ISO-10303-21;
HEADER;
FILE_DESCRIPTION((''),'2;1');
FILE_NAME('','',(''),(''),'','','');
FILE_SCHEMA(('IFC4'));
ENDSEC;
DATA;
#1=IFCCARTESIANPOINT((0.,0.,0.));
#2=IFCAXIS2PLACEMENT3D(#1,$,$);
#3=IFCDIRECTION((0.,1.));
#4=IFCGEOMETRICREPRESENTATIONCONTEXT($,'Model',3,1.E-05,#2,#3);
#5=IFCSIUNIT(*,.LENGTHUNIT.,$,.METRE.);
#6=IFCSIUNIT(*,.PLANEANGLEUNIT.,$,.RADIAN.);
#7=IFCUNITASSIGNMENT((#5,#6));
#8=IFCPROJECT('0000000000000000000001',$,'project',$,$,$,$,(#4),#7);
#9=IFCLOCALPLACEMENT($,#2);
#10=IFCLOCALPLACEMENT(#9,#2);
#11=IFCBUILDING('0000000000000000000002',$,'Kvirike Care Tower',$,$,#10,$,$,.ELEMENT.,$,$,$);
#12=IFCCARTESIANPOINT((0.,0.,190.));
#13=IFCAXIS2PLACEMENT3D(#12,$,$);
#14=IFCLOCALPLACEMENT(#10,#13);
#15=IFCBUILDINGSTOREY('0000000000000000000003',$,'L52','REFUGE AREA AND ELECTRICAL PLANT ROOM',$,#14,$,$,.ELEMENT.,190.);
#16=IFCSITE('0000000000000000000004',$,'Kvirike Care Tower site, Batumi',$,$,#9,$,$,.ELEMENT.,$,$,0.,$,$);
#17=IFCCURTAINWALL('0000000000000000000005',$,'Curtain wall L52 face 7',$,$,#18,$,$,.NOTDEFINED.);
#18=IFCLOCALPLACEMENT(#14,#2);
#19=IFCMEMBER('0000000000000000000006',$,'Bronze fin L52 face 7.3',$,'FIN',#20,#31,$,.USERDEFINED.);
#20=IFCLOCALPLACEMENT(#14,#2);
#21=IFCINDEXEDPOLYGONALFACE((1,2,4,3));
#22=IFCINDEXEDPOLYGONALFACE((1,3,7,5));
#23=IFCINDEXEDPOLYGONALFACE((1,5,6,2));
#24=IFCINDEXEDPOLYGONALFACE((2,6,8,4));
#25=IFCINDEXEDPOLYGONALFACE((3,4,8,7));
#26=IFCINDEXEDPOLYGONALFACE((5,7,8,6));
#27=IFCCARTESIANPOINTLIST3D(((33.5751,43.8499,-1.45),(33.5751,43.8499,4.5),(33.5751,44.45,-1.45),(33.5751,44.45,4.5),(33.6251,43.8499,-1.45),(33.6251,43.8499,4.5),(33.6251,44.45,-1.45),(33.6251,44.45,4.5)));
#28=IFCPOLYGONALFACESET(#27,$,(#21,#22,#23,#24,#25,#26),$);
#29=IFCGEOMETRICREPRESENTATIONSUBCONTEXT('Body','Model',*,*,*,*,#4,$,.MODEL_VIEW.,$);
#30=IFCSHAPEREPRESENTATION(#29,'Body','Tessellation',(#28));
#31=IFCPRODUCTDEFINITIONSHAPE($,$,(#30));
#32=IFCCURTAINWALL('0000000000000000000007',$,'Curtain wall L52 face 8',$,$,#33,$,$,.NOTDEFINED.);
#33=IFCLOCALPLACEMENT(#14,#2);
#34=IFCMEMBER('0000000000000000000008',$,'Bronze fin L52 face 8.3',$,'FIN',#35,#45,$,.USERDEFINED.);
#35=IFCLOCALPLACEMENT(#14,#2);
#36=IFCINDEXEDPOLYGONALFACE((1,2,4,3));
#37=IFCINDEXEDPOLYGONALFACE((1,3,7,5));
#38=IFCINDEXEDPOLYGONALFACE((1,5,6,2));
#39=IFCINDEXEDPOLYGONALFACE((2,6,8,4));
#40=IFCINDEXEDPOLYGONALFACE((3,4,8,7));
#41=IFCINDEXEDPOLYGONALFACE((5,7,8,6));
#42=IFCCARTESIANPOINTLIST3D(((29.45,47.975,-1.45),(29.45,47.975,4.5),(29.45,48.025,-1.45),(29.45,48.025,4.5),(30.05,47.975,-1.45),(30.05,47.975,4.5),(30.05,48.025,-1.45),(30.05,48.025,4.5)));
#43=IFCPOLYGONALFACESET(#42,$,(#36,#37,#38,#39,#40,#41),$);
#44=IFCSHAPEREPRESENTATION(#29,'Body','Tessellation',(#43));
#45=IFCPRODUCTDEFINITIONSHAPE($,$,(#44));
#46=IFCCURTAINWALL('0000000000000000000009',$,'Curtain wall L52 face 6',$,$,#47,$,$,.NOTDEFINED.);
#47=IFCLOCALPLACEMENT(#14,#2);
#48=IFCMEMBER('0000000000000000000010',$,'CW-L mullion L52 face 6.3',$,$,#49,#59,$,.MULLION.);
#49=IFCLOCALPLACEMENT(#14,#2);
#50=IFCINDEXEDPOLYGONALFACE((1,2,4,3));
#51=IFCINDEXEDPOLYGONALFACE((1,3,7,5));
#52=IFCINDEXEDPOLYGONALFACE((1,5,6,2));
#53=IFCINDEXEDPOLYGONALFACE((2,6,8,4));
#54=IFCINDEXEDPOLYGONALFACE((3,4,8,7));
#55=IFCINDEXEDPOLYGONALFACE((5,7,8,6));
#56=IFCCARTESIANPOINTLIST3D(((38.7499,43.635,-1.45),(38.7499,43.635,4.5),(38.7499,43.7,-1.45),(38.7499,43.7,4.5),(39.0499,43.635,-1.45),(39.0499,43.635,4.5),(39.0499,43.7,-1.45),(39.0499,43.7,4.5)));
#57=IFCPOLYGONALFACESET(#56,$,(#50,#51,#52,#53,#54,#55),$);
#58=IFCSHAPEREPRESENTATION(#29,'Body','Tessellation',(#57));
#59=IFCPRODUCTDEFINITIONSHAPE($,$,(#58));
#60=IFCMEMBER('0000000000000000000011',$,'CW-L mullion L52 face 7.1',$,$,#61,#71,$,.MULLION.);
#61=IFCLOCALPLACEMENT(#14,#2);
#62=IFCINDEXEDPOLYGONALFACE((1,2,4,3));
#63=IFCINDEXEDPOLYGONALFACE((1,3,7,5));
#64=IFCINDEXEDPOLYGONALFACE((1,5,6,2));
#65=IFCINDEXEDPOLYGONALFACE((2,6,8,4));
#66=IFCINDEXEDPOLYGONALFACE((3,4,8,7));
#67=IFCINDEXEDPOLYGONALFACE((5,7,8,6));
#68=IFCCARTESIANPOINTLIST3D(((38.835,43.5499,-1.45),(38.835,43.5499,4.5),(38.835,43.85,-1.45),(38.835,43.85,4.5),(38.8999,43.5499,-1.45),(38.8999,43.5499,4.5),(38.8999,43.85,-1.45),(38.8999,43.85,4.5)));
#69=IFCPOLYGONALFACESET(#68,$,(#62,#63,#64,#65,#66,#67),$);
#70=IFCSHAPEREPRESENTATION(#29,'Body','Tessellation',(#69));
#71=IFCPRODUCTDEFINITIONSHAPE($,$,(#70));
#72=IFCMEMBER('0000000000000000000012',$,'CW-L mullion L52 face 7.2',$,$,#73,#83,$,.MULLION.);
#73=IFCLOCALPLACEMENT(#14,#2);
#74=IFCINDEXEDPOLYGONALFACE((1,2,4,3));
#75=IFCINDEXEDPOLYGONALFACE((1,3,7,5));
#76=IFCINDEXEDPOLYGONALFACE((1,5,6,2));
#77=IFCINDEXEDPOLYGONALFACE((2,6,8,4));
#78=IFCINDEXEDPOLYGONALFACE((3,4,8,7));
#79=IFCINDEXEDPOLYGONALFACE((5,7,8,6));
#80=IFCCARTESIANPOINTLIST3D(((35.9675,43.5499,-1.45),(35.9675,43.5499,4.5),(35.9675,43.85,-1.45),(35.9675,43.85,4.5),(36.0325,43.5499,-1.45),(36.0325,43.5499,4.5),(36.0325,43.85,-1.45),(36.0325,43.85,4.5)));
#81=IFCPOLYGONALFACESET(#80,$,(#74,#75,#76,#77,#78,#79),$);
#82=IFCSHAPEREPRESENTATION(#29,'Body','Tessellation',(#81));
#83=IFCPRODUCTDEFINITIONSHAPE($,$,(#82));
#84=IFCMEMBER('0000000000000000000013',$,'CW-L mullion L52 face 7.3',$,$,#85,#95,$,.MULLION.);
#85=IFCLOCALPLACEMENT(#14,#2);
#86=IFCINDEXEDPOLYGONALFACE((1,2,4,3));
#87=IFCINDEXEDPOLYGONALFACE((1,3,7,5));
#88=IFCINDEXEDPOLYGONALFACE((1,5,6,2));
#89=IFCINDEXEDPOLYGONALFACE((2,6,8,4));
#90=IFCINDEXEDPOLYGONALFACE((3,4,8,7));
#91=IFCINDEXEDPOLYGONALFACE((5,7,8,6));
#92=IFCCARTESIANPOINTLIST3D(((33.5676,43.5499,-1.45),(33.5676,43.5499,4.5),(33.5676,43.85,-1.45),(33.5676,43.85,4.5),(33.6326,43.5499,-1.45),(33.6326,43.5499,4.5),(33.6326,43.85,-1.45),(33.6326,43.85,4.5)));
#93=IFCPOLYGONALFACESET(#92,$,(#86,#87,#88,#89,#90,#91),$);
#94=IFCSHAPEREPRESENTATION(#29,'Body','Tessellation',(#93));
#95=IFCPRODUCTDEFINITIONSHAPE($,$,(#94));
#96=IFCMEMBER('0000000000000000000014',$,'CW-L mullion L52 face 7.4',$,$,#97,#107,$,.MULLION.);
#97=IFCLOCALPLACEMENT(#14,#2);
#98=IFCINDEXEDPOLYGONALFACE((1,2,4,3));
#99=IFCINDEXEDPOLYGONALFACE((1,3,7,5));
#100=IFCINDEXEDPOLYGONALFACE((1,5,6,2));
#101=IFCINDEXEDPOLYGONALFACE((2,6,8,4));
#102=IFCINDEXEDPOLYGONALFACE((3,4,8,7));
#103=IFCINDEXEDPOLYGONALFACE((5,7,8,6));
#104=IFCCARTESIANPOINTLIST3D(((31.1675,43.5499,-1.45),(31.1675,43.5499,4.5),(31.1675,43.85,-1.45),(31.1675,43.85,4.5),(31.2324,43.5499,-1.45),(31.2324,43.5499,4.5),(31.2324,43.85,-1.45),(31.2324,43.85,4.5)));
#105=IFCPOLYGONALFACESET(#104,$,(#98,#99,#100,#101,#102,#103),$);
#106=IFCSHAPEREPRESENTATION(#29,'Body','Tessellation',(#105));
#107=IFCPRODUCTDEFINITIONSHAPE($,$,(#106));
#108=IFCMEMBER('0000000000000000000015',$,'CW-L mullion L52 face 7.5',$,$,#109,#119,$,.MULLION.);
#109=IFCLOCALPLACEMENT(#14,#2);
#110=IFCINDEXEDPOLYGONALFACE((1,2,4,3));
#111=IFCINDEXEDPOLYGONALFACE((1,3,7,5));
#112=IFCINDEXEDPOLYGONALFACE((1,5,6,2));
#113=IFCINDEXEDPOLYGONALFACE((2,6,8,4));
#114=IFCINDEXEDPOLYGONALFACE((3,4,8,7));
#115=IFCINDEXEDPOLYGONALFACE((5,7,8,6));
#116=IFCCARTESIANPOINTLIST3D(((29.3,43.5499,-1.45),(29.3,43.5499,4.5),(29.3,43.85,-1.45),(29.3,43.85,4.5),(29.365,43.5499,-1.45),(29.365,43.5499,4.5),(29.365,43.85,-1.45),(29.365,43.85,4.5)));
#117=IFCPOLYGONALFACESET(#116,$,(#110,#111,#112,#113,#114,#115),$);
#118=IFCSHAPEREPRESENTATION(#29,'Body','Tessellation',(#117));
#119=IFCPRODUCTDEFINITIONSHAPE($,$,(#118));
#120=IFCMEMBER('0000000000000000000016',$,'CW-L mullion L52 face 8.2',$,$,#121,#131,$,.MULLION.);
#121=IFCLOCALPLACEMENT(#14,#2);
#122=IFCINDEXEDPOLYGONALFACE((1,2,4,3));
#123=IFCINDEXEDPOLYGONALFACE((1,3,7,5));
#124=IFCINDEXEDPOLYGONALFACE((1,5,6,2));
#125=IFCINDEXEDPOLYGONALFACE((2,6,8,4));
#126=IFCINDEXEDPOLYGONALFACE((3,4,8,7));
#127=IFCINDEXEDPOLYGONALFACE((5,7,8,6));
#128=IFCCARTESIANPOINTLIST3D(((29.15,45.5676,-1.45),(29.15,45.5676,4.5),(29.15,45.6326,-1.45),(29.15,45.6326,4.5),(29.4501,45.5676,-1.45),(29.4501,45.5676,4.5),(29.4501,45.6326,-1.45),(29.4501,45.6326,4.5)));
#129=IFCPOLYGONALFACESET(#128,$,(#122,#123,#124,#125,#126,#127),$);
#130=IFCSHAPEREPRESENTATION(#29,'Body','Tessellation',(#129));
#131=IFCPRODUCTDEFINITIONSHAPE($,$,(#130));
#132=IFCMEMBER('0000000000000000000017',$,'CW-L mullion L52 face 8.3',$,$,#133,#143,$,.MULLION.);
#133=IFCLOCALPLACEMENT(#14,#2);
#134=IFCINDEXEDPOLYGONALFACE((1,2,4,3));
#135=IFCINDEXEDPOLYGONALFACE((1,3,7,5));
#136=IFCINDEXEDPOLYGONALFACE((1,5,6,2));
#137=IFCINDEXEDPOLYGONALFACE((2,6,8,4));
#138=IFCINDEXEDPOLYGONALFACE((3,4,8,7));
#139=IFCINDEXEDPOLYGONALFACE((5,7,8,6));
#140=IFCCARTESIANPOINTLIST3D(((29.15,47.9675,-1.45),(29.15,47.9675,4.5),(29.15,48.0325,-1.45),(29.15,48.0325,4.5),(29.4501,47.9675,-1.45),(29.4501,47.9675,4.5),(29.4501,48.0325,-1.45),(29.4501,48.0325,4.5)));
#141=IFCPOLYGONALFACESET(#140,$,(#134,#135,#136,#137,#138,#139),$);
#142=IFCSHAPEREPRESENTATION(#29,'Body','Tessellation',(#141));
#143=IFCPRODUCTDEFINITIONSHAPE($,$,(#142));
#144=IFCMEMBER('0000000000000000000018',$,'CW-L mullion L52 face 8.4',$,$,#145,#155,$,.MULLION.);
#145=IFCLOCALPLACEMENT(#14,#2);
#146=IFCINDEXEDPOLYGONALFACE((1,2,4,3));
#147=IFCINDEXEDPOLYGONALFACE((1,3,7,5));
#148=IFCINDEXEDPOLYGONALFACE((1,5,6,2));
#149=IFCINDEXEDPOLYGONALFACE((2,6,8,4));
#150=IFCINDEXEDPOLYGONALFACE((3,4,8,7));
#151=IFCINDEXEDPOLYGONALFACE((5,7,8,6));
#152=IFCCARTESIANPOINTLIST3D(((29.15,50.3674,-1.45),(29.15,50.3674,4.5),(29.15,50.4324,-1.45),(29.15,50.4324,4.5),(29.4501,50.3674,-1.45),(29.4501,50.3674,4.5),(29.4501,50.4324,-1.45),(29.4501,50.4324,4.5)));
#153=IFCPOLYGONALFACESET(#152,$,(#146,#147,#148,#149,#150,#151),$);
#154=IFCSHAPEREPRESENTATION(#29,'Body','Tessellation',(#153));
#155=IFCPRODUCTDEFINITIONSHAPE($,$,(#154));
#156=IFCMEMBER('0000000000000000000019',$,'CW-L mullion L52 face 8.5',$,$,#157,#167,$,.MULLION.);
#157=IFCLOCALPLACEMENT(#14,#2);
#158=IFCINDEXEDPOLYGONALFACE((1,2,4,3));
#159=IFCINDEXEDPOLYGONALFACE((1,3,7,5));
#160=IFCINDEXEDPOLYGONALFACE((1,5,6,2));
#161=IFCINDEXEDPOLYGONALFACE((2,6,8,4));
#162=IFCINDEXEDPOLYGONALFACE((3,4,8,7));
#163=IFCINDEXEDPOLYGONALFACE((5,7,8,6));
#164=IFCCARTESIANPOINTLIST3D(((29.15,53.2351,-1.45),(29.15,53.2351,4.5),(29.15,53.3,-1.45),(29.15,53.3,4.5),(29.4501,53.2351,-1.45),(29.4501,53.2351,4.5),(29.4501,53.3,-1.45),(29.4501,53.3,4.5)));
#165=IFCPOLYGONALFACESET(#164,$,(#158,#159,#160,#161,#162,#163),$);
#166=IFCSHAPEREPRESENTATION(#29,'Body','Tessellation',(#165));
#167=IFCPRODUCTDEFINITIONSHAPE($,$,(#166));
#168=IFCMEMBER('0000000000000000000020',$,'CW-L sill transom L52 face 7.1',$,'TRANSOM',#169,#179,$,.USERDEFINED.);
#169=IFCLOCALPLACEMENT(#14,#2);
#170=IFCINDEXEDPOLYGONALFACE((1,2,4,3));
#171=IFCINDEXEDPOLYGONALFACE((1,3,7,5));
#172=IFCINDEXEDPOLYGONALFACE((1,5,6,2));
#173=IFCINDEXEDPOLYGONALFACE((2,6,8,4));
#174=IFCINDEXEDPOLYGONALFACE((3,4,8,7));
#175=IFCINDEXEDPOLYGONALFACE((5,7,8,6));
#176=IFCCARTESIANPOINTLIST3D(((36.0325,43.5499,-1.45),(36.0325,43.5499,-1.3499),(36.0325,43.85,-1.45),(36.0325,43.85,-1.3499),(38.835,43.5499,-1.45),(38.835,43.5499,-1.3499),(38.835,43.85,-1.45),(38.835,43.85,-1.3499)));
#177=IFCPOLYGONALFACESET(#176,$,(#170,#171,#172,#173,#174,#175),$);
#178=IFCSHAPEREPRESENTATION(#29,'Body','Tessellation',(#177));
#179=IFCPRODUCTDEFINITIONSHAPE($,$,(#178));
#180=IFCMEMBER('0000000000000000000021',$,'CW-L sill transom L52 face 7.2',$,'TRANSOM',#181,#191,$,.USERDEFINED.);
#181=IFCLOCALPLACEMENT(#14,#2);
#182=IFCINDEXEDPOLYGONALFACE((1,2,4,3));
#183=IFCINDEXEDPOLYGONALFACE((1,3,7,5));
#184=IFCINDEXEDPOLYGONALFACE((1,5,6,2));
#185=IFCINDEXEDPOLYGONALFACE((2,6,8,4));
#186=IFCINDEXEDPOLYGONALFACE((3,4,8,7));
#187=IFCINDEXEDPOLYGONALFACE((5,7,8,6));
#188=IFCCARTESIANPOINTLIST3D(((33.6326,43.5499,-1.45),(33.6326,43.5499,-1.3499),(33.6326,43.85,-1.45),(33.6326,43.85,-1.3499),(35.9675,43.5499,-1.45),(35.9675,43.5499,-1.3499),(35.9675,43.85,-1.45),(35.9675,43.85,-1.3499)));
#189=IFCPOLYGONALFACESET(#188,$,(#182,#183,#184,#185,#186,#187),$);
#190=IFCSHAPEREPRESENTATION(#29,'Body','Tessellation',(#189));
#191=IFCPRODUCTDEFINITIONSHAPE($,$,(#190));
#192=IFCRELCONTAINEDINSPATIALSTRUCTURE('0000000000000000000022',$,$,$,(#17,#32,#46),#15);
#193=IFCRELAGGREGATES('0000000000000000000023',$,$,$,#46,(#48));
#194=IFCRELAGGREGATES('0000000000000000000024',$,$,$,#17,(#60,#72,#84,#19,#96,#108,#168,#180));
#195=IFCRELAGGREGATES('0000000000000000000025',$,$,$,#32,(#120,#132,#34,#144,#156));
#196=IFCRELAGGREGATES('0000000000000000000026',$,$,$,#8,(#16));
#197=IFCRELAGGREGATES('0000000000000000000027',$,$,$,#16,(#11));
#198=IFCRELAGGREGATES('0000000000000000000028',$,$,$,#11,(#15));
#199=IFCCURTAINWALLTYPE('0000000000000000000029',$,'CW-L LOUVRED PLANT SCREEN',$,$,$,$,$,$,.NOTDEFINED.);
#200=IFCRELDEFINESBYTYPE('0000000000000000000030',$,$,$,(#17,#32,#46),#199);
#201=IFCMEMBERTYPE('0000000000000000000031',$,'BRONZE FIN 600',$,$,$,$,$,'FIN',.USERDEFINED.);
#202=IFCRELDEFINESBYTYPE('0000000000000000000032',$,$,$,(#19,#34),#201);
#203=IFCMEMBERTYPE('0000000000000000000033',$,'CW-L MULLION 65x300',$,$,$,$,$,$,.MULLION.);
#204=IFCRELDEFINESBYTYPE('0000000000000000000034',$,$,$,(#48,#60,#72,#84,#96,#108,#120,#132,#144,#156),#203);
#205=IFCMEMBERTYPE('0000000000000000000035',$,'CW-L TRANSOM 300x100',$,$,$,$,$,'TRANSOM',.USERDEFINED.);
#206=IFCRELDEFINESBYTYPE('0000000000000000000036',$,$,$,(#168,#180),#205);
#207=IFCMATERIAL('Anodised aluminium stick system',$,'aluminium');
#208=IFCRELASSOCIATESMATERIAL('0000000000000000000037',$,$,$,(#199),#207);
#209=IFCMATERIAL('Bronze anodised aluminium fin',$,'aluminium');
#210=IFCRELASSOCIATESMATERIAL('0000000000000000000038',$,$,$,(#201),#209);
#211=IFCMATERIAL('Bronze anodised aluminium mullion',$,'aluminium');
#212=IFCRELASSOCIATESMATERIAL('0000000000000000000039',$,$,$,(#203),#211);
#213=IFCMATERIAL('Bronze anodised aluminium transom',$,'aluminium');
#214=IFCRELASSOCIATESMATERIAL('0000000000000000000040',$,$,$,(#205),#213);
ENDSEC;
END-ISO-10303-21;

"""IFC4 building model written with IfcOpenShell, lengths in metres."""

from ifc_helpers import new_model, si_unit, direction, frame, origin, origin_2d, place, context, subcontext, project, spatial, rectangle, extrude, material, material_profile, profile_set, type_object, element, aggregate, save


model = new_model("IFC4")

# Units and contexts
model_context = context("Model", 3, precision=1e-05, world=origin(), true_north=direction((0.0, 1.0)))
body_context = subcontext(model_context, "Body", "Model", "MODEL_VIEW")
ifc_project = project(units=[si_unit("LENGTHUNIT", "METRE"), si_unit("PLANEANGLEUNIT", "RADIAN")], contexts=[model_context])

# Site, building, storey
site_placement = place(None, origin())
site = spatial("IfcSite", under=ifc_project, at=site_placement, Name="Kvirike Care Tower site, Batumi", CompositionType="ELEMENT", RefElevation=0.0)
building_placement = place(site_placement, origin())
building = spatial("IfcBuilding", under=site, at=building_placement, Name="Kvirike Care Tower", CompositionType="ELEMENT")
storey_placement = place(building_placement, frame((0.0, 0.0, 190.0)))
storey = spatial("IfcBuildingStorey", under=building, at=storey_placement, Name="L52", Description="REFUGE AREA AND ELECTRICAL PLANT ROOM", CompositionType="ELEMENT", Elevation=190.0)

# Curtain walls, members
ifc_material_1 = material(Name="Anodised aluminium stick system", Category="aluminium")
curtain_wall_type = type_object("IfcCurtainWallType", Name="CW-L LOUVRED PLANT SCREEN", PredefinedType="NOTDEFINED", material=ifc_material_1)
curtain_wall_1_placement = place(storey_placement, origin())
curtain_wall_1 = element("IfcCurtainWall", 1, at=curtain_wall_1_placement, inside=storey, type_object=curtain_wall_type, Name="Curtain wall L52 face 7", PredefinedType="NOTDEFINED")
ifc_material_2 = material(Name="Bronze anodised aluminium fin", Category="aluminium")
ifc_material_profile_1 = material_profile(ifc_material_2, rectangle(XDim=0.05, YDim=0.6001, at=origin_2d()), Name="BRONZE FIN 600")
ifc_profile_set_1 = profile_set([ifc_material_profile_1], Name="Bronze anodised aluminium fin")
member_type_1 = type_object("IfcMemberType", Name="BRONZE FIN 600", ElementType="FIN", PredefinedType="USERDEFINED", material=ifc_profile_set_1)
member_1_placement = place(storey_placement, frame((33.6001, 44.1499, -1.45), z_axis=(0.0, 0.0, 1.0), x_axis=(-1.0, 0.0, 0.0)))
member_1 = element("IfcMember", 2, at=member_1_placement, type_object=member_type_1, Name="Bronze fin L52 face 7.3", ObjectType="FIN", PredefinedType="USERDEFINED", context=body_context, shape_type="SweptSolid", body=[
    extrude(rectangle(XDim=0.05, YDim=0.6001, at=origin_2d()), origin(), (0.0, 0.0, 1.0), 5.95),
])
curtain_wall_2_placement = place(storey_placement, origin())
curtain_wall_2 = element("IfcCurtainWall", 3, at=curtain_wall_2_placement, inside=storey, type_object=curtain_wall_type, Name="Curtain wall L52 face 8", PredefinedType="NOTDEFINED")
member_2_placement = place(storey_placement, frame((29.75, 48.0, -1.45), z_axis=(0.0, 0.0, 1.0), x_axis=(0.0, 1.0, 0.0)))
member_2 = element("IfcMember", 4, at=member_2_placement, type_object=member_type_1, Name="Bronze fin L52 face 8.3", ObjectType="FIN", PredefinedType="USERDEFINED", context=body_context, shape_type="SweptSolid", body=[
    extrude(rectangle(XDim=0.05, YDim=0.6001, at=origin_2d()), origin(), (0.0, 0.0, 1.0), 5.95),
])
curtain_wall_3_placement = place(storey_placement, origin())
curtain_wall_3 = element("IfcCurtainWall", 5, at=curtain_wall_3_placement, inside=storey, type_object=curtain_wall_type, Name="Curtain wall L52 face 6", PredefinedType="NOTDEFINED")
ifc_material_3 = material(Name="Bronze anodised aluminium mullion", Category="aluminium")
ifc_material_profile_2 = material_profile(ifc_material_3, rectangle(XDim=0.0649, YDim=0.3, at=origin_2d()), Name="CW-L MULLION 65x300")
ifc_profile_set_2 = profile_set([ifc_material_profile_2], Name="Bronze anodised aluminium mullion")
member_type_2 = type_object("IfcMemberType", Name="CW-L MULLION 65x300", PredefinedType="MULLION", material=ifc_profile_set_2)
member_3_placement = place(storey_placement, frame((38.8999, 43.6675, -1.45), z_axis=(0.0, 0.0, 1.0), x_axis=(0.0, 1.0, 0.0)))
member_3 = element("IfcMember", 6, at=member_3_placement, type_object=member_type_2, Name="CW-L mullion L52 face 6.3", PredefinedType="MULLION", context=body_context, shape_type="SweptSolid", body=[
    extrude(rectangle(XDim=0.0649, YDim=0.3, at=origin_2d()), origin(), (0.0, 0.0, 1.0), 5.95),
])
aggregate(curtain_wall_3, [member_3])

# Members
member_4_placement = place(storey_placement, frame((38.8674, 43.7, -1.45), z_axis=(0.0, 0.0, 1.0), x_axis=(-1.0, 0.0, 0.0)))
member_4 = element("IfcMember", 7, at=member_4_placement, type_object=member_type_2, Name="CW-L mullion L52 face 7.1", PredefinedType="MULLION", context=body_context, shape_type="SweptSolid", body=[
    extrude(rectangle(XDim=0.0649, YDim=0.3, at=origin_2d()), origin(), (0.0, 0.0, 1.0), 5.95),
])
member_5_placement = place(storey_placement, frame((36.0, 43.7, -1.45), z_axis=(0.0, 0.0, 1.0), x_axis=(-1.0, 0.0, 0.0)))
member_5 = element("IfcMember", 8, at=member_5_placement, type_object=member_type_2, Name="CW-L mullion L52 face 7.2", PredefinedType="MULLION", context=body_context, shape_type="SweptSolid", body=[
    extrude(rectangle(XDim=0.0649, YDim=0.3, at=origin_2d()), origin(), (0.0, 0.0, 1.0), 5.95),
])
member_6_placement = place(storey_placement, frame((33.6001, 43.7, -1.45), z_axis=(0.0, 0.0, 1.0), x_axis=(-1.0, 0.0, 0.0)))
member_6 = element("IfcMember", 9, at=member_6_placement, type_object=member_type_2, Name="CW-L mullion L52 face 7.3", PredefinedType="MULLION", context=body_context, shape_type="SweptSolid", body=[
    extrude(rectangle(XDim=0.0649, YDim=0.3, at=origin_2d()), origin(), (0.0, 0.0, 1.0), 5.95),
])
member_7_placement = place(storey_placement, frame((31.2, 43.7, -1.45), z_axis=(0.0, 0.0, 1.0), x_axis=(-1.0, 0.0, 0.0)))
member_7 = element("IfcMember", 10, at=member_7_placement, type_object=member_type_2, Name="CW-L mullion L52 face 7.4", PredefinedType="MULLION", context=body_context, shape_type="SweptSolid", body=[
    extrude(rectangle(XDim=0.0649, YDim=0.3, at=origin_2d()), origin(), (0.0, 0.0, 1.0), 5.95),
])
member_8_placement = place(storey_placement, frame((29.3325, 43.7, -1.45), z_axis=(0.0, 0.0, 1.0), x_axis=(-1.0, 0.0, 0.0)))
member_8 = element("IfcMember", 11, at=member_8_placement, type_object=member_type_2, Name="CW-L mullion L52 face 7.5", PredefinedType="MULLION", context=body_context, shape_type="SweptSolid", body=[
    extrude(rectangle(XDim=0.0649, YDim=0.3, at=origin_2d()), origin(), (0.0, 0.0, 1.0), 5.95),
])
member_9_placement = place(storey_placement, frame((29.3, 45.6001, -1.45), z_axis=(0.0, 0.0, 1.0), x_axis=(0.0, 1.0, 0.0)))
member_9 = element("IfcMember", 12, at=member_9_placement, type_object=member_type_2, Name="CW-L mullion L52 face 8.2", PredefinedType="MULLION", context=body_context, shape_type="SweptSolid", body=[
    extrude(rectangle(XDim=0.0649, YDim=0.3, at=origin_2d()), origin(), (0.0, 0.0, 1.0), 5.95),
])
member_10_placement = place(storey_placement, frame((29.3, 48.0, -1.45), z_axis=(0.0, 0.0, 1.0), x_axis=(0.0, 1.0, 0.0)))
member_10 = element("IfcMember", 13, at=member_10_placement, type_object=member_type_2, Name="CW-L mullion L52 face 8.3", PredefinedType="MULLION", context=body_context, shape_type="SweptSolid", body=[
    extrude(rectangle(XDim=0.0649, YDim=0.3, at=origin_2d()), origin(), (0.0, 0.0, 1.0), 5.95),
])
member_11_placement = place(storey_placement, frame((29.3, 50.3999, -1.45), z_axis=(0.0, 0.0, 1.0), x_axis=(0.0, 1.0, 0.0)))
member_11 = element("IfcMember", 14, at=member_11_placement, type_object=member_type_2, Name="CW-L mullion L52 face 8.4", PredefinedType="MULLION", context=body_context, shape_type="SweptSolid", body=[
    extrude(rectangle(XDim=0.0649, YDim=0.3, at=origin_2d()), origin(), (0.0, 0.0, 1.0), 5.95),
])
member_12_placement = place(storey_placement, frame((29.3, 53.2676, -1.45), z_axis=(0.0, 0.0, 1.0), x_axis=(0.0, 1.0, 0.0)))
member_12 = element("IfcMember", 15, at=member_12_placement, type_object=member_type_2, Name="CW-L mullion L52 face 8.5", PredefinedType="MULLION", context=body_context, shape_type="SweptSolid", body=[
    extrude(rectangle(XDim=0.0649, YDim=0.3, at=origin_2d()), origin(), (0.0, 0.0, 1.0), 5.95),
])
ifc_material_4 = material(Name="Bronze anodised aluminium transom", Category="aluminium")
ifc_material_profile_3 = material_profile(ifc_material_4, rectangle(XDim=0.3, YDim=0.1001, at=origin_2d()), Name="CW-L TRANSOM 300x100")
ifc_profile_set_3 = profile_set([ifc_material_profile_3], Name="Bronze anodised aluminium transom")
member_type_3 = type_object("IfcMemberType", Name="CW-L TRANSOM 300x100", ElementType="TRANSOM", PredefinedType="USERDEFINED", material=ifc_profile_set_3)
member_13_placement = place(storey_placement, frame((38.835, 43.7, -1.3999), z_axis=(-1.0, 0.0, 0.0), x_axis=(0.0, -1.0, 0.0)))
member_13 = element("IfcMember", 16, at=member_13_placement, type_object=member_type_3, Name="CW-L sill transom L52 face 7.1", ObjectType="TRANSOM", PredefinedType="USERDEFINED", context=body_context, shape_type="SweptSolid", body=[
    extrude(rectangle(XDim=0.3, YDim=0.1001, at=origin_2d()), origin(), (0.0, 0.0, 1.0), 2.8025),
])
member_14_placement = place(storey_placement, frame((35.9675, 43.7, -1.3999), z_axis=(-1.0, 0.0, 0.0), x_axis=(0.0, -1.0, 0.0)))
member_14 = element("IfcMember", 17, at=member_14_placement, type_object=member_type_3, Name="CW-L sill transom L52 face 7.2", ObjectType="TRANSOM", PredefinedType="USERDEFINED", context=body_context, shape_type="SweptSolid", body=[
    extrude(rectangle(XDim=0.3, YDim=0.1001, at=origin_2d()), origin(), (0.0, 0.0, 1.0), 2.335),
])

aggregate(curtain_wall_1, [member_4, member_5, member_6, member_1, member_7, member_8, member_13, member_14])
aggregate(curtain_wall_2, [member_9, member_10, member_2, member_11, member_12])

save(model, "model.ifc")
